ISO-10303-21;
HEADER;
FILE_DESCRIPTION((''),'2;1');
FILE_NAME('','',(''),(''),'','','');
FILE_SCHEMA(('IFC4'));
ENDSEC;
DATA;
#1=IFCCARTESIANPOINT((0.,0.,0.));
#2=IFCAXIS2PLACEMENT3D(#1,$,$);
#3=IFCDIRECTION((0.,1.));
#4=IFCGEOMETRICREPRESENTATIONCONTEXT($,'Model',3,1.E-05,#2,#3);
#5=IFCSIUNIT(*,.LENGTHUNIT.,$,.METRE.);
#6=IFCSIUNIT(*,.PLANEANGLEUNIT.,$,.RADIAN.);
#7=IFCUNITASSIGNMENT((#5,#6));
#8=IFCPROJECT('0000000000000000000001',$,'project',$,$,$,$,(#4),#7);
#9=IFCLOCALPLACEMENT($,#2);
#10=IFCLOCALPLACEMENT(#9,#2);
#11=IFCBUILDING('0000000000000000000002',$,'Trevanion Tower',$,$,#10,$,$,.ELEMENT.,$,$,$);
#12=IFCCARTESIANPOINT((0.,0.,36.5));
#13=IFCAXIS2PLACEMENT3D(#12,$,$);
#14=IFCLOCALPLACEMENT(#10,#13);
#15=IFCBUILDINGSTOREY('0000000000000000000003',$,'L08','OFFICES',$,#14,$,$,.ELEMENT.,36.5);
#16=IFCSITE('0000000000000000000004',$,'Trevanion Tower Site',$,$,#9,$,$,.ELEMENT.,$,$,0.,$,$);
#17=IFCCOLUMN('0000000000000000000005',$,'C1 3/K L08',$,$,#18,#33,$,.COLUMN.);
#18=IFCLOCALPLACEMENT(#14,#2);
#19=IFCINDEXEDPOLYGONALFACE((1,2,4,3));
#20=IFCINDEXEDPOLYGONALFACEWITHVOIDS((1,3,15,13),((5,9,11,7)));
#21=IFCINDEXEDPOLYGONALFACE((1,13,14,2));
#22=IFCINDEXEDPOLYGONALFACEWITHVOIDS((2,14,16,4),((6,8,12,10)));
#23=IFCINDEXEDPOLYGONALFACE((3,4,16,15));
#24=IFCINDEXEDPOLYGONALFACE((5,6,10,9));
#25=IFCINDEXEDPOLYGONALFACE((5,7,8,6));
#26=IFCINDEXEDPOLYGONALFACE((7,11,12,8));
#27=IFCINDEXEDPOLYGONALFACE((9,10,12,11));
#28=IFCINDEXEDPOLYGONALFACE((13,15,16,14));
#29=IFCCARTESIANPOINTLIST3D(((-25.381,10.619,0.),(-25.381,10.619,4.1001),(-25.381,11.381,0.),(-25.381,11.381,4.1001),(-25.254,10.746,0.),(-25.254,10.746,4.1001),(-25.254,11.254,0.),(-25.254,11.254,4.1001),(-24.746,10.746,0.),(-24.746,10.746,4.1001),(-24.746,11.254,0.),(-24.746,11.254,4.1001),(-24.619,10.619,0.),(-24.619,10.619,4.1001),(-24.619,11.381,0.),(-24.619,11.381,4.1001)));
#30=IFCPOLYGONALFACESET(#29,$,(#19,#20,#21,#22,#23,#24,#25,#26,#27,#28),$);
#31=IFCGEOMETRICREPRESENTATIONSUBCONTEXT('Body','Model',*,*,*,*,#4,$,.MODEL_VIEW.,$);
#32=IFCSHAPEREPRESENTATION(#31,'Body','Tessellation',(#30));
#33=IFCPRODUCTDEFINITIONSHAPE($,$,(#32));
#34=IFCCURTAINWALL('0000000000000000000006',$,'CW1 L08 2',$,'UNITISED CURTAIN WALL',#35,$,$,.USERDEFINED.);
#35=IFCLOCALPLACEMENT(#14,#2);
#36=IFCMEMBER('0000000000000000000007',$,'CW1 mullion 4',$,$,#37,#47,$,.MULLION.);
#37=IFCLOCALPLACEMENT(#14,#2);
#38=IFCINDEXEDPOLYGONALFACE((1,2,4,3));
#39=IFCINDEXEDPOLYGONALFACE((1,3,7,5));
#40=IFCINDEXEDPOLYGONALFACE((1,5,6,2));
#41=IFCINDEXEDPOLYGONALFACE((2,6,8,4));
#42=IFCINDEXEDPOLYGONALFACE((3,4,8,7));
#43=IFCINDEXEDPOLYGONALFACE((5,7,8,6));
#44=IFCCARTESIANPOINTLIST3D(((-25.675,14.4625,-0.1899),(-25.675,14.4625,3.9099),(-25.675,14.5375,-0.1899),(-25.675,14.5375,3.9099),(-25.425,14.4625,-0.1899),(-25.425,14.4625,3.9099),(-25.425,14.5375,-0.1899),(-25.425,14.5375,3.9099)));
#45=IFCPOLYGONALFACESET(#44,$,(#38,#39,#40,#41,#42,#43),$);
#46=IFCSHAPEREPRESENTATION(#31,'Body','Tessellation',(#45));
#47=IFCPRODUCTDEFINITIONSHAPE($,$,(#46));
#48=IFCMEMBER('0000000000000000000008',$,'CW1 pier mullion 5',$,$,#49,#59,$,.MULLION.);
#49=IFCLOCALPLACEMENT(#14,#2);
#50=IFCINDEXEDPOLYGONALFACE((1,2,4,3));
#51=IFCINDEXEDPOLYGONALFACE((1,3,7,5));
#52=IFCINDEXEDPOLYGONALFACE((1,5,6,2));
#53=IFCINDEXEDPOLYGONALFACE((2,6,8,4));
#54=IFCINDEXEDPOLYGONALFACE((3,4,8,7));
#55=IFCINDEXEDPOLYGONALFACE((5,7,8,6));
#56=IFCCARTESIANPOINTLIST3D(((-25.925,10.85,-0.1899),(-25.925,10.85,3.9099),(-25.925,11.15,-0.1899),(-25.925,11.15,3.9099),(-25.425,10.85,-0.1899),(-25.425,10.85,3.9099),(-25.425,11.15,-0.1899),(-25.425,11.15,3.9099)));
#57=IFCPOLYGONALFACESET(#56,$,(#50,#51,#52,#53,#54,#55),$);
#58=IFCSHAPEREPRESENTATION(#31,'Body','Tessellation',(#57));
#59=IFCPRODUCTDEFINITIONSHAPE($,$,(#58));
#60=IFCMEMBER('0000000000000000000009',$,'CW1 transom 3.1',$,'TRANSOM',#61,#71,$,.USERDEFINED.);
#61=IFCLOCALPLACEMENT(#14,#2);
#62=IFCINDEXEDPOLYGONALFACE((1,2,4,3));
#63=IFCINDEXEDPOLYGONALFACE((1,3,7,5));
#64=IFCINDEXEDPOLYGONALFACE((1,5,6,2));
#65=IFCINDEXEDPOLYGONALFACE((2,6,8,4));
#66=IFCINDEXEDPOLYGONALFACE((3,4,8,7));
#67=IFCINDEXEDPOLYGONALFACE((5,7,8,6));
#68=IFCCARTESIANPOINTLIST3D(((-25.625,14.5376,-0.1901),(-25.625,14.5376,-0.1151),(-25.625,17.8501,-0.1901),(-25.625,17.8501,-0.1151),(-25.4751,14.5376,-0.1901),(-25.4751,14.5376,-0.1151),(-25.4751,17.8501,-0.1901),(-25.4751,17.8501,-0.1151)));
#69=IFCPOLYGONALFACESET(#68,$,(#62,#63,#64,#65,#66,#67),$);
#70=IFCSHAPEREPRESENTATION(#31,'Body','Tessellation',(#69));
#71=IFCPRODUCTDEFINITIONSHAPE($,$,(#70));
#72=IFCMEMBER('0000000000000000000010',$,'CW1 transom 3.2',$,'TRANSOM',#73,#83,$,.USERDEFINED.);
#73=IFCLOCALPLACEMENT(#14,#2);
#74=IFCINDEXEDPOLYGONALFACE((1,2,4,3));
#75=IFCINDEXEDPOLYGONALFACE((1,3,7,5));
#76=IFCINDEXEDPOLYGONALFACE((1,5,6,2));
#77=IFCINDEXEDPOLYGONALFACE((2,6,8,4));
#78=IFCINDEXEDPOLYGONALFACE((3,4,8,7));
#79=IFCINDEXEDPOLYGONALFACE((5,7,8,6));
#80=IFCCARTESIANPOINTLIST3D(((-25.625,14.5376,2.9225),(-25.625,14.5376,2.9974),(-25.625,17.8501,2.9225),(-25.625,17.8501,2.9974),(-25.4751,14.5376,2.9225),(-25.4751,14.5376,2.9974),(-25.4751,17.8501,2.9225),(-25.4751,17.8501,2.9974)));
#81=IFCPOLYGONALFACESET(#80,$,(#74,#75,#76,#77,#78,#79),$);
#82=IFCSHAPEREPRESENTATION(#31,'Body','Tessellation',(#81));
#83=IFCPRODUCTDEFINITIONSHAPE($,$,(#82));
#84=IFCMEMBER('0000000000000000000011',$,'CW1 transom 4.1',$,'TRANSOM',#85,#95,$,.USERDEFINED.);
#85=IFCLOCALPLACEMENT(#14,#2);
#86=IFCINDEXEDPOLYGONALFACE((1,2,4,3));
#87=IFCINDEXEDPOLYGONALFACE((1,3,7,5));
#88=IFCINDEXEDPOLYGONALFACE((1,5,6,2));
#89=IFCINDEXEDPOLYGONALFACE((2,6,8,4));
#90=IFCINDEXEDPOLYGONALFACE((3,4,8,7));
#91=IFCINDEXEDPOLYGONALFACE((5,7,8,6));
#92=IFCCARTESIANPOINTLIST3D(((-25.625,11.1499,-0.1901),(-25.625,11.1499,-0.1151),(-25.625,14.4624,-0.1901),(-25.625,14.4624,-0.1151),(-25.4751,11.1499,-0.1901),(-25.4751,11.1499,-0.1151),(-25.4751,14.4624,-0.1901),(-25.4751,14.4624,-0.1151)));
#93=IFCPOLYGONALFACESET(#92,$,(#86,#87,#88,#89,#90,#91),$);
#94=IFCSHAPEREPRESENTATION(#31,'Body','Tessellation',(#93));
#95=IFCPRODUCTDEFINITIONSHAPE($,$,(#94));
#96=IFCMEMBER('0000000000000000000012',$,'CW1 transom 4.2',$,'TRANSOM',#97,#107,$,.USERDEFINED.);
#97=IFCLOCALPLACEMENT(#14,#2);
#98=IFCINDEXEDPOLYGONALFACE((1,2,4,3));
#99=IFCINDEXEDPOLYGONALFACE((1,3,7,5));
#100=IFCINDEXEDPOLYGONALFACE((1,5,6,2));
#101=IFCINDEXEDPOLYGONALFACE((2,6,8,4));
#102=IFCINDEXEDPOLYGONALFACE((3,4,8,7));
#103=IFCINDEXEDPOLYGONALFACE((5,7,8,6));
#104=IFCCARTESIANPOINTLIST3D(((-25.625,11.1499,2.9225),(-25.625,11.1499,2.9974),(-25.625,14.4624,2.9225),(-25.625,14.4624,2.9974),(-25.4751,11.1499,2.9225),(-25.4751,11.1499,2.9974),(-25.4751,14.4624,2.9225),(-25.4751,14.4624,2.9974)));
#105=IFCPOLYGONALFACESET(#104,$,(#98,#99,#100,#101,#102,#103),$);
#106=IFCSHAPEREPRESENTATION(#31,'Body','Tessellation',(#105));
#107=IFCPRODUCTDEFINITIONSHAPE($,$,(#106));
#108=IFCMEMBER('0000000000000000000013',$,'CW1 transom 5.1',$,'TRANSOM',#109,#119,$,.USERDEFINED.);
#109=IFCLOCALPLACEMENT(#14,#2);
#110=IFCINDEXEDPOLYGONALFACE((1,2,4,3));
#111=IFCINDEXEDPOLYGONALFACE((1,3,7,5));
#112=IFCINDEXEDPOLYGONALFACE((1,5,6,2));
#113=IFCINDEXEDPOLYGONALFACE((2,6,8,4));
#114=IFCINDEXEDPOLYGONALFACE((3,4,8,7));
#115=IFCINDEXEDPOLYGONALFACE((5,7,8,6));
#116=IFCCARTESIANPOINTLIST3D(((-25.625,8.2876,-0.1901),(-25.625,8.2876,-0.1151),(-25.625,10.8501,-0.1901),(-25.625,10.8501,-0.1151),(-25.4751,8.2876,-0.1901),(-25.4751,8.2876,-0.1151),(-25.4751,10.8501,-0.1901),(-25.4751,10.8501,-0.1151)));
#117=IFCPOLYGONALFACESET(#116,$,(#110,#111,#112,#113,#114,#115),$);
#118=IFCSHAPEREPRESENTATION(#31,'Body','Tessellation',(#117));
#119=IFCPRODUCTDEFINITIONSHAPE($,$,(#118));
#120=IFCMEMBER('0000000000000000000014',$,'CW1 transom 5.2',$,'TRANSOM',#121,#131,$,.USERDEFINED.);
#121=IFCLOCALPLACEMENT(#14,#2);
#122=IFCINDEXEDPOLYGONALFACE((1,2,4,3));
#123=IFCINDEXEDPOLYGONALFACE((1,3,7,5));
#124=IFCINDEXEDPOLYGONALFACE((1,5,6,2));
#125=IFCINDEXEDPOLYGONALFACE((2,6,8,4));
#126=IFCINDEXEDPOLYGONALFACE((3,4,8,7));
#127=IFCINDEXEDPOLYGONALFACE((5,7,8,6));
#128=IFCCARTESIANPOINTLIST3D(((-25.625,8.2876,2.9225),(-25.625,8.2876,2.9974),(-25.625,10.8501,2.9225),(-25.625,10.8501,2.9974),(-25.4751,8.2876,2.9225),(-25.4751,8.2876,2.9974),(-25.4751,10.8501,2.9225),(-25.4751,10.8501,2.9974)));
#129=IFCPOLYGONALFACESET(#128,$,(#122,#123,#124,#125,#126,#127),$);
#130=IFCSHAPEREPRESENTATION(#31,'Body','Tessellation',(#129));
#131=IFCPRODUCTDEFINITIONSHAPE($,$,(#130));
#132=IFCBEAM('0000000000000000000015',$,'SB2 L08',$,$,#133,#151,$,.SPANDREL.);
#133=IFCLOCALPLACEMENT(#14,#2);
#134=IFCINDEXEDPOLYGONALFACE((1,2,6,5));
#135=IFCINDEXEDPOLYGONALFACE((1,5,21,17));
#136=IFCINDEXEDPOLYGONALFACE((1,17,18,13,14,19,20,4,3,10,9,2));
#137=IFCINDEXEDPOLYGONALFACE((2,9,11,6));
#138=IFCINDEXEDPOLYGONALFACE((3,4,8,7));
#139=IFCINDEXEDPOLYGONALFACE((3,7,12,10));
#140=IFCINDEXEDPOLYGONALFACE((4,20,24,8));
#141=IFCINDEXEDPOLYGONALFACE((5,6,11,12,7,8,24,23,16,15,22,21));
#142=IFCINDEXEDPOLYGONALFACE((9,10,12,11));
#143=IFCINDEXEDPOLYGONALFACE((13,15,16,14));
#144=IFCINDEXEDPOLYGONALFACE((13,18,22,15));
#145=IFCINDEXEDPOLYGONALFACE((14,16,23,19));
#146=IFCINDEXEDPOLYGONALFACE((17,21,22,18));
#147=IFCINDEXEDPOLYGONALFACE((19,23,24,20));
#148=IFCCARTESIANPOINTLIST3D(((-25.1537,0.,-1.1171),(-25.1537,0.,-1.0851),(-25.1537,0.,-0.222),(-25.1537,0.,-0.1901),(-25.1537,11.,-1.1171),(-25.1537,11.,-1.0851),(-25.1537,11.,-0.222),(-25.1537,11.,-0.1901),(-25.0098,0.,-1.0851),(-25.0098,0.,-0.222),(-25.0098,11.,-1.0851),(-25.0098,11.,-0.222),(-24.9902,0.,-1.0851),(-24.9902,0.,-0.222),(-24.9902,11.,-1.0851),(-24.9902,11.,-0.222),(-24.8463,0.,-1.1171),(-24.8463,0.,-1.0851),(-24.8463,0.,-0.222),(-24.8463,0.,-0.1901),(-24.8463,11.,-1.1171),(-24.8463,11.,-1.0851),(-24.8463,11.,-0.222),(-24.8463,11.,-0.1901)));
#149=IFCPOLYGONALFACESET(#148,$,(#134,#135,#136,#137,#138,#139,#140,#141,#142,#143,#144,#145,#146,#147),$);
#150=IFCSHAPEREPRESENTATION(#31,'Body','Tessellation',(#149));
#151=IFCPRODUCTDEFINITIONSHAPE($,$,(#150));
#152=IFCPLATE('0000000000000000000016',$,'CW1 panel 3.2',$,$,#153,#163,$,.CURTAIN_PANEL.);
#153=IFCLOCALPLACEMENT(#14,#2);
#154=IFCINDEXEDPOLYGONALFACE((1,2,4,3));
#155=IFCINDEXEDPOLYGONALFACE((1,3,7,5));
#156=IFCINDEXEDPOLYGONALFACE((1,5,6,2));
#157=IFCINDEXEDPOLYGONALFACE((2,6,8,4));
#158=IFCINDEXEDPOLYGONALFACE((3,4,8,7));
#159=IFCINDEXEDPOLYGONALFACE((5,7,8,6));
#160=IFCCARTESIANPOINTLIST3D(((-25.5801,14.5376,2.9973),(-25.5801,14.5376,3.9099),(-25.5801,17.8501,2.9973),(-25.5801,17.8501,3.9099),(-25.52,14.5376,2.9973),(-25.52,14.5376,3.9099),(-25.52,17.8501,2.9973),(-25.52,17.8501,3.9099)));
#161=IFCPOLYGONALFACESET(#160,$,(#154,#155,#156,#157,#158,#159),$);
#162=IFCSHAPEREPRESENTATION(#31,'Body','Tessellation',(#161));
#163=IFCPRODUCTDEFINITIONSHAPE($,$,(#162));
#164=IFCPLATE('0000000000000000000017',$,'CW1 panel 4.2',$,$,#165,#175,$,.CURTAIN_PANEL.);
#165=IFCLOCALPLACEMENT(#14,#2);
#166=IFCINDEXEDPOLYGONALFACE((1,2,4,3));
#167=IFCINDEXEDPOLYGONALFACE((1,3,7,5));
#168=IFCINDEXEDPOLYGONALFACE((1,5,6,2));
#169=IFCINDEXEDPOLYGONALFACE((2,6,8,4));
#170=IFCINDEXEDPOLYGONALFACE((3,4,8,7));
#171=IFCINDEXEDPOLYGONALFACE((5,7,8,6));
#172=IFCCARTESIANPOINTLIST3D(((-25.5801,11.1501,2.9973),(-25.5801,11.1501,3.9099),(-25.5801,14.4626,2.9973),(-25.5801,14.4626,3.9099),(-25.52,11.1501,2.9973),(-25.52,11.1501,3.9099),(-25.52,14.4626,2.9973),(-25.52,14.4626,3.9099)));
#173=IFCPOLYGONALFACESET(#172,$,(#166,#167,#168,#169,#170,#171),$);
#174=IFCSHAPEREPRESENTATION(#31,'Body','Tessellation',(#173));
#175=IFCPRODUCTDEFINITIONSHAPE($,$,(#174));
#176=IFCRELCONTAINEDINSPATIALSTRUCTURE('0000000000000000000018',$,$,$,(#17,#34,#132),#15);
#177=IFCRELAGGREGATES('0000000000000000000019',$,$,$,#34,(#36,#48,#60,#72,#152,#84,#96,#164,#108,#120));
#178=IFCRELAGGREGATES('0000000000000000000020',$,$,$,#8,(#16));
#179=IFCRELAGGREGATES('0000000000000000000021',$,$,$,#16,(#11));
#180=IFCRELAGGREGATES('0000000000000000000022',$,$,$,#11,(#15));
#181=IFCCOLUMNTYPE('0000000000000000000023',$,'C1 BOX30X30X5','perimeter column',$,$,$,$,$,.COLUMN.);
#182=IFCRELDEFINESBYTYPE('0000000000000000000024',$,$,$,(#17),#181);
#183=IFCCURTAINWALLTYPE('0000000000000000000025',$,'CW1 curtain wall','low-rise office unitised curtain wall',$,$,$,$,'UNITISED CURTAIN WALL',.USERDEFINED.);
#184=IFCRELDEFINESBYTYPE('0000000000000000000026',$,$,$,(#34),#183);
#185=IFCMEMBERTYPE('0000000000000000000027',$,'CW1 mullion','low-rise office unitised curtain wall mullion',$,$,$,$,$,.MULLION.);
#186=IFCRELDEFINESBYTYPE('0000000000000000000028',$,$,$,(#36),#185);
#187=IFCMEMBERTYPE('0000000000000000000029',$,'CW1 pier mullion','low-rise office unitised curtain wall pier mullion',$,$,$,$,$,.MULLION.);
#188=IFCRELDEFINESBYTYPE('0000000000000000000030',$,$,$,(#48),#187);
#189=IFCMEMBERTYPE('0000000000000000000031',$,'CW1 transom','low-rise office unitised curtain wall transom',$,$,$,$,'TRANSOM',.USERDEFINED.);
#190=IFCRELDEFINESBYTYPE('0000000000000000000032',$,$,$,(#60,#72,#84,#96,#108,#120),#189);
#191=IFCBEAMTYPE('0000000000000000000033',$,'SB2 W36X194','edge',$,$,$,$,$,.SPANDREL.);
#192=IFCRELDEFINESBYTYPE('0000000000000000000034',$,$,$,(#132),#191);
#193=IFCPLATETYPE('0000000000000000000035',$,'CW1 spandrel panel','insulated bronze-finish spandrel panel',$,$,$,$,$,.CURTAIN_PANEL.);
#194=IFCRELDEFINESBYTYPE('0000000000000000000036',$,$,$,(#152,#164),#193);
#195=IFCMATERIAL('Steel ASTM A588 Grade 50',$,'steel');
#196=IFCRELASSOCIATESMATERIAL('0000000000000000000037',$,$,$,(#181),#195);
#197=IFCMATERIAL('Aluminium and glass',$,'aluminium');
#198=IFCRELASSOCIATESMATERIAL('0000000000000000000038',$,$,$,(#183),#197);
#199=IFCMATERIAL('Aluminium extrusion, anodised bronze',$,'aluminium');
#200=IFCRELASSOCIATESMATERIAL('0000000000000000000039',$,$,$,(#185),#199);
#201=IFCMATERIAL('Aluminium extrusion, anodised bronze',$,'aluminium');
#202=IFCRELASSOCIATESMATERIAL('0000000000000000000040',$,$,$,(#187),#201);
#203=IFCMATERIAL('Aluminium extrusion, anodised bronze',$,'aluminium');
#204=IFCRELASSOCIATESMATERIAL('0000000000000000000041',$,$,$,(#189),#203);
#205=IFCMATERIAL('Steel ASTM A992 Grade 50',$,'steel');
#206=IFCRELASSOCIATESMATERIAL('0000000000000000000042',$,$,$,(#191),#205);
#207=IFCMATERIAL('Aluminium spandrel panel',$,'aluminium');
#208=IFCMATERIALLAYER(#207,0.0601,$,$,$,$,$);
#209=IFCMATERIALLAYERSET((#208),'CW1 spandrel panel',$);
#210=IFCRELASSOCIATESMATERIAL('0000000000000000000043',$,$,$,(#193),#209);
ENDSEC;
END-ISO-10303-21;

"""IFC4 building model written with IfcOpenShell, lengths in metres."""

from ifc_helpers import new_model, si_unit, direction, frame, origin, origin_2d, place, context, subcontext, project, spatial, rectangle, hollow_rectangle, i_section, extrude, material, layer, layer_set, material_profile, profile_set, type_object, element, aggregate, save


model = new_model("IFC4")

# Units and contexts
model_context = context("Model", 3, precision=1e-05, world=origin(), true_north=direction((0.0, 1.0)))
body_context = subcontext(model_context, "Body", "Model", "MODEL_VIEW")
ifc_project = project(units=[si_unit("LENGTHUNIT", "METRE"), si_unit("PLANEANGLEUNIT", "RADIAN")], contexts=[model_context])

# Site, building, storey
site_placement = place(None, origin())
site = spatial("IfcSite", under=ifc_project, at=site_placement, Name="Trevanion Tower Site", CompositionType="ELEMENT", RefElevation=0.0)
building_placement = place(site_placement, origin())
building = spatial("IfcBuilding", under=site, at=building_placement, Name="Trevanion Tower", CompositionType="ELEMENT")
storey_placement = place(building_placement, frame((0.0, 0.0, 36.5)))
storey = spatial("IfcBuildingStorey", under=building, at=storey_placement, Name="L08", Description="OFFICES", CompositionType="ELEMENT", Elevation=36.5)

# Column
ifc_material_1 = material(Name="Steel ASTM A588 Grade 50", Category="steel")
ifc_material_profile_1 = material_profile(ifc_material_1, hollow_rectangle(XDim=0.762, YDim=0.762, WallThickness=0.127, at=origin_2d()), Name="BOX30X30X5")
ifc_profile_set_1 = profile_set([ifc_material_profile_1], Name="Steel ASTM A588 Grade 50")
column_type = type_object("IfcColumnType", Name="C1 BOX30X30X5", Description="perimeter column", PredefinedType="COLUMN", material=ifc_profile_set_1)
column_placement = place(storey_placement, frame((-25.0, 11.0, 0.0), z_axis=(0.0, 0.0, 1.0), x_axis=(0.0, 1.0, 0.0)))
element("IfcColumn", 1, at=column_placement, inside=storey, type_object=column_type, Name="C1 3/K L08", PredefinedType="COLUMN", context=body_context, shape_type="SweptSolid", body=[
    extrude(hollow_rectangle(XDim=0.762, YDim=0.762, WallThickness=0.127, at=origin_2d()), origin(), (0.0, 0.0, 1.0), 4.1001),
])

# Curtain wall, members
ifc_material_2 = material(Name="Aluminium and glass", Category="aluminium")
curtain_wall_type = type_object("IfcCurtainWallType", Name="CW1 curtain wall", Description="low-rise office unitised curtain wall", ElementType="UNITISED CURTAIN WALL", PredefinedType="USERDEFINED", material=ifc_material_2)
curtain_wall_placement = place(storey_placement, origin())
curtain_wall = element("IfcCurtainWall", 2, at=curtain_wall_placement, inside=storey, type_object=curtain_wall_type, Name="CW1 L08 2", ObjectType="UNITISED CURTAIN WALL", PredefinedType="USERDEFINED")
ifc_material_3 = material(Name="Aluminium extrusion, anodised bronze", Category="aluminium")
ifc_material_profile_2 = material_profile(ifc_material_3, rectangle(XDim=0.075, YDim=0.25, at=origin_2d()), Name="CW1 mullion")
ifc_profile_set_2 = profile_set([ifc_material_profile_2], Name="Aluminium extrusion, anodised bronze")
member_type_1 = type_object("IfcMemberType", Name="CW1 mullion", Description="low-rise office unitised curtain wall mullion", PredefinedType="MULLION", material=ifc_profile_set_2)
member_1_placement = place(storey_placement, frame((-25.55, 14.5, -0.1899), z_axis=(0.0, 0.0, 1.0), x_axis=(0.0, -1.0, 0.0)))
member_1 = element("IfcMember", 3, at=member_1_placement, type_object=member_type_1, Name="CW1 mullion 4", PredefinedType="MULLION", context=body_context, shape_type="SweptSolid", body=[
    extrude(rectangle(XDim=0.075, YDim=0.25, at=origin_2d()), origin(), (0.0, 0.0, 1.0), 4.0999),
])
ifc_material_4 = material(Name="Aluminium extrusion, anodised bronze", Category="aluminium")
ifc_material_profile_3 = material_profile(ifc_material_4, rectangle(XDim=0.3, YDim=0.5, at=origin_2d()), Name="CW1 pier mullion")
ifc_profile_set_3 = profile_set([ifc_material_profile_3], Name="Aluminium extrusion, anodised bronze")
member_type_2 = type_object("IfcMemberType", Name="CW1 pier mullion", Description="low-rise office unitised curtain wall pier mullion", PredefinedType="MULLION", material=ifc_profile_set_3)
member_2_placement = place(storey_placement, frame((-25.675, 11.0, -0.1899), z_axis=(0.0, 0.0, 1.0), x_axis=(0.0, -1.0, 0.0)))
member_2 = element("IfcMember", 4, at=member_2_placement, type_object=member_type_2, Name="CW1 pier mullion 5", PredefinedType="MULLION", context=body_context, shape_type="SweptSolid", body=[
    extrude(rectangle(XDim=0.3, YDim=0.5, at=origin_2d()), origin(), (0.0, 0.0, 1.0), 4.0999),
])
ifc_material_5 = material(Name="Aluminium extrusion, anodised bronze", Category="aluminium")
ifc_material_profile_4 = material_profile(ifc_material_5, rectangle(XDim=0.1499, YDim=0.075, at=origin_2d()), Name="CW1 transom")
ifc_profile_set_4 = profile_set([ifc_material_profile_4], Name="Aluminium extrusion, anodised bronze")
member_type_3 = type_object("IfcMemberType", Name="CW1 transom", Description="low-rise office unitised curtain wall transom", ElementType="TRANSOM", PredefinedType="USERDEFINED", material=ifc_profile_set_4)
member_3_placement = place(storey_placement, frame((-25.55, 17.8501, -0.1526), z_axis=(0.0, -1.0, 0.0), x_axis=(1.0, 0.0, 0.0)))
member_3 = element("IfcMember", 5, at=member_3_placement, type_object=member_type_3, Name="CW1 transom 3.1", ObjectType="TRANSOM", PredefinedType="USERDEFINED", context=body_context, shape_type="SweptSolid", body=[
    extrude(rectangle(XDim=0.1499, YDim=0.075, at=origin_2d()), origin(), (0.0, 0.0, 1.0), 3.3125),
])
member_4_placement = place(storey_placement, frame((-25.55, 17.8501, 2.96), z_axis=(0.0, -1.0, 0.0), x_axis=(1.0, 0.0, 0.0)))
member_4 = element("IfcMember", 6, at=member_4_placement, type_object=member_type_3, Name="CW1 transom 3.2", ObjectType="TRANSOM", PredefinedType="USERDEFINED", context=body_context, shape_type="SweptSolid", body=[
    extrude(rectangle(XDim=0.1499, YDim=0.075, at=origin_2d()), origin(), (0.0, 0.0, 1.0), 3.3125),
])
member_5_placement = place(storey_placement, frame((-25.55, 14.4624, -0.1526), z_axis=(0.0, -1.0, 0.0), x_axis=(1.0, 0.0, 0.0)))
member_5 = element("IfcMember", 7, at=member_5_placement, type_object=member_type_3, Name="CW1 transom 4.1", ObjectType="TRANSOM", PredefinedType="USERDEFINED", context=body_context, shape_type="SweptSolid", body=[
    extrude(rectangle(XDim=0.1499, YDim=0.075, at=origin_2d()), origin(), (0.0, 0.0, 1.0), 3.3125),
])
member_6_placement = place(storey_placement, frame((-25.55, 14.4624, 2.96), z_axis=(0.0, -1.0, 0.0), x_axis=(1.0, 0.0, 0.0)))
member_6 = element("IfcMember", 8, at=member_6_placement, type_object=member_type_3, Name="CW1 transom 4.2", ObjectType="TRANSOM", PredefinedType="USERDEFINED", context=body_context, shape_type="SweptSolid", body=[
    extrude(rectangle(XDim=0.1499, YDim=0.075, at=origin_2d()), origin(), (0.0, 0.0, 1.0), 3.3125),
])
member_7_placement = place(storey_placement, frame((-25.55, 10.8501, -0.1526), z_axis=(0.0, -1.0, 0.0), x_axis=(1.0, 0.0, 0.0)))
member_7 = element("IfcMember", 9, at=member_7_placement, type_object=member_type_3, Name="CW1 transom 5.1", ObjectType="TRANSOM", PredefinedType="USERDEFINED", context=body_context, shape_type="SweptSolid", body=[
    extrude(rectangle(XDim=0.1499, YDim=0.075, at=origin_2d()), origin(), (0.0, 0.0, 1.0), 2.5625),
])
member_8_placement = place(storey_placement, frame((-25.55, 10.8501, 2.96), z_axis=(0.0, -1.0, 0.0), x_axis=(1.0, 0.0, 0.0)))
member_8 = element("IfcMember", 10, at=member_8_placement, type_object=member_type_3, Name="CW1 transom 5.2", ObjectType="TRANSOM", PredefinedType="USERDEFINED", context=body_context, shape_type="SweptSolid", body=[
    extrude(rectangle(XDim=0.1499, YDim=0.075, at=origin_2d()), origin(), (0.0, 0.0, 1.0), 2.5625),
])

# Beam
ifc_material_6 = material(Name="Steel ASTM A992 Grade 50", Category="steel")
ifc_material_profile_5 = material_profile(ifc_material_6, i_section(OverallWidth=0.3074, OverallDepth=0.927, WebThickness=0.0195, FlangeThickness=0.032, at=origin_2d()), Name="W36X194")
ifc_profile_set_5 = profile_set([ifc_material_profile_5], Name="Steel ASTM A992 Grade 50")
beam_type = type_object("IfcBeamType", Name="SB2 W36X194", Description="edge", PredefinedType="SPANDREL", material=ifc_profile_set_5)
beam_placement = place(storey_placement, frame((-25.0, 11.0, -0.6536), z_axis=(0.0, -1.0, 0.0), x_axis=(1.0, 0.0, 0.0)))
element("IfcBeam", 11, at=beam_placement, inside=storey, type_object=beam_type, Name="SB2 L08", PredefinedType="SPANDREL", context=body_context, shape_type="SweptSolid", body=[
    extrude(i_section(OverallWidth=0.3074, OverallDepth=0.927, WebThickness=0.0195, FlangeThickness=0.032, at=origin_2d()), origin(), (0.0, 0.0, 1.0), 11.0),
])

# Plates
ifc_material_7 = material(Name="Aluminium spandrel panel", Category="aluminium")
ifc_layer_1 = layer(ifc_material_7, 0.0601)
ifc_layer_set_1 = layer_set([ifc_layer_1], Name="CW1 spandrel panel")
plate_type_1 = type_object("IfcPlateType", Name="CW1 spandrel panel", Description="insulated bronze-finish spandrel panel", PredefinedType="CURTAIN_PANEL", material=ifc_layer_set_1)
plate_1_placement = place(storey_placement, frame((-25.55, 16.1938, 2.9973), z_axis=(0.0, 0.0, 1.0), x_axis=(0.0, -1.0, 0.0)))
plate_1 = element("IfcPlate", 12, at=plate_1_placement, type_object=plate_type_1, Name="CW1 panel 3.2", PredefinedType="CURTAIN_PANEL", context=body_context, shape_type="SweptSolid", body=[
    extrude(rectangle(XDim=3.3125, YDim=0.0601, at=origin_2d()), origin(), (0.0, 0.0, 1.0), 0.9126),
])
plate_2_placement = place(storey_placement, frame((-25.55, 12.8064, 2.9973), z_axis=(0.0, 0.0, 1.0), x_axis=(0.0, -1.0, 0.0)))
plate_2 = element("IfcPlate", 13, at=plate_2_placement, type_object=plate_type_1, Name="CW1 panel 4.2", PredefinedType="CURTAIN_PANEL", context=body_context, shape_type="SweptSolid", body=[
    extrude(rectangle(XDim=3.3125, YDim=0.0601, at=origin_2d()), origin(), (0.0, 0.0, 1.0), 0.9126),
])
aggregate(curtain_wall, [member_1, member_2, member_3, member_4, plate_1, member_5, member_6, plate_2, member_7, member_8])

save(model, "model.ifc")
